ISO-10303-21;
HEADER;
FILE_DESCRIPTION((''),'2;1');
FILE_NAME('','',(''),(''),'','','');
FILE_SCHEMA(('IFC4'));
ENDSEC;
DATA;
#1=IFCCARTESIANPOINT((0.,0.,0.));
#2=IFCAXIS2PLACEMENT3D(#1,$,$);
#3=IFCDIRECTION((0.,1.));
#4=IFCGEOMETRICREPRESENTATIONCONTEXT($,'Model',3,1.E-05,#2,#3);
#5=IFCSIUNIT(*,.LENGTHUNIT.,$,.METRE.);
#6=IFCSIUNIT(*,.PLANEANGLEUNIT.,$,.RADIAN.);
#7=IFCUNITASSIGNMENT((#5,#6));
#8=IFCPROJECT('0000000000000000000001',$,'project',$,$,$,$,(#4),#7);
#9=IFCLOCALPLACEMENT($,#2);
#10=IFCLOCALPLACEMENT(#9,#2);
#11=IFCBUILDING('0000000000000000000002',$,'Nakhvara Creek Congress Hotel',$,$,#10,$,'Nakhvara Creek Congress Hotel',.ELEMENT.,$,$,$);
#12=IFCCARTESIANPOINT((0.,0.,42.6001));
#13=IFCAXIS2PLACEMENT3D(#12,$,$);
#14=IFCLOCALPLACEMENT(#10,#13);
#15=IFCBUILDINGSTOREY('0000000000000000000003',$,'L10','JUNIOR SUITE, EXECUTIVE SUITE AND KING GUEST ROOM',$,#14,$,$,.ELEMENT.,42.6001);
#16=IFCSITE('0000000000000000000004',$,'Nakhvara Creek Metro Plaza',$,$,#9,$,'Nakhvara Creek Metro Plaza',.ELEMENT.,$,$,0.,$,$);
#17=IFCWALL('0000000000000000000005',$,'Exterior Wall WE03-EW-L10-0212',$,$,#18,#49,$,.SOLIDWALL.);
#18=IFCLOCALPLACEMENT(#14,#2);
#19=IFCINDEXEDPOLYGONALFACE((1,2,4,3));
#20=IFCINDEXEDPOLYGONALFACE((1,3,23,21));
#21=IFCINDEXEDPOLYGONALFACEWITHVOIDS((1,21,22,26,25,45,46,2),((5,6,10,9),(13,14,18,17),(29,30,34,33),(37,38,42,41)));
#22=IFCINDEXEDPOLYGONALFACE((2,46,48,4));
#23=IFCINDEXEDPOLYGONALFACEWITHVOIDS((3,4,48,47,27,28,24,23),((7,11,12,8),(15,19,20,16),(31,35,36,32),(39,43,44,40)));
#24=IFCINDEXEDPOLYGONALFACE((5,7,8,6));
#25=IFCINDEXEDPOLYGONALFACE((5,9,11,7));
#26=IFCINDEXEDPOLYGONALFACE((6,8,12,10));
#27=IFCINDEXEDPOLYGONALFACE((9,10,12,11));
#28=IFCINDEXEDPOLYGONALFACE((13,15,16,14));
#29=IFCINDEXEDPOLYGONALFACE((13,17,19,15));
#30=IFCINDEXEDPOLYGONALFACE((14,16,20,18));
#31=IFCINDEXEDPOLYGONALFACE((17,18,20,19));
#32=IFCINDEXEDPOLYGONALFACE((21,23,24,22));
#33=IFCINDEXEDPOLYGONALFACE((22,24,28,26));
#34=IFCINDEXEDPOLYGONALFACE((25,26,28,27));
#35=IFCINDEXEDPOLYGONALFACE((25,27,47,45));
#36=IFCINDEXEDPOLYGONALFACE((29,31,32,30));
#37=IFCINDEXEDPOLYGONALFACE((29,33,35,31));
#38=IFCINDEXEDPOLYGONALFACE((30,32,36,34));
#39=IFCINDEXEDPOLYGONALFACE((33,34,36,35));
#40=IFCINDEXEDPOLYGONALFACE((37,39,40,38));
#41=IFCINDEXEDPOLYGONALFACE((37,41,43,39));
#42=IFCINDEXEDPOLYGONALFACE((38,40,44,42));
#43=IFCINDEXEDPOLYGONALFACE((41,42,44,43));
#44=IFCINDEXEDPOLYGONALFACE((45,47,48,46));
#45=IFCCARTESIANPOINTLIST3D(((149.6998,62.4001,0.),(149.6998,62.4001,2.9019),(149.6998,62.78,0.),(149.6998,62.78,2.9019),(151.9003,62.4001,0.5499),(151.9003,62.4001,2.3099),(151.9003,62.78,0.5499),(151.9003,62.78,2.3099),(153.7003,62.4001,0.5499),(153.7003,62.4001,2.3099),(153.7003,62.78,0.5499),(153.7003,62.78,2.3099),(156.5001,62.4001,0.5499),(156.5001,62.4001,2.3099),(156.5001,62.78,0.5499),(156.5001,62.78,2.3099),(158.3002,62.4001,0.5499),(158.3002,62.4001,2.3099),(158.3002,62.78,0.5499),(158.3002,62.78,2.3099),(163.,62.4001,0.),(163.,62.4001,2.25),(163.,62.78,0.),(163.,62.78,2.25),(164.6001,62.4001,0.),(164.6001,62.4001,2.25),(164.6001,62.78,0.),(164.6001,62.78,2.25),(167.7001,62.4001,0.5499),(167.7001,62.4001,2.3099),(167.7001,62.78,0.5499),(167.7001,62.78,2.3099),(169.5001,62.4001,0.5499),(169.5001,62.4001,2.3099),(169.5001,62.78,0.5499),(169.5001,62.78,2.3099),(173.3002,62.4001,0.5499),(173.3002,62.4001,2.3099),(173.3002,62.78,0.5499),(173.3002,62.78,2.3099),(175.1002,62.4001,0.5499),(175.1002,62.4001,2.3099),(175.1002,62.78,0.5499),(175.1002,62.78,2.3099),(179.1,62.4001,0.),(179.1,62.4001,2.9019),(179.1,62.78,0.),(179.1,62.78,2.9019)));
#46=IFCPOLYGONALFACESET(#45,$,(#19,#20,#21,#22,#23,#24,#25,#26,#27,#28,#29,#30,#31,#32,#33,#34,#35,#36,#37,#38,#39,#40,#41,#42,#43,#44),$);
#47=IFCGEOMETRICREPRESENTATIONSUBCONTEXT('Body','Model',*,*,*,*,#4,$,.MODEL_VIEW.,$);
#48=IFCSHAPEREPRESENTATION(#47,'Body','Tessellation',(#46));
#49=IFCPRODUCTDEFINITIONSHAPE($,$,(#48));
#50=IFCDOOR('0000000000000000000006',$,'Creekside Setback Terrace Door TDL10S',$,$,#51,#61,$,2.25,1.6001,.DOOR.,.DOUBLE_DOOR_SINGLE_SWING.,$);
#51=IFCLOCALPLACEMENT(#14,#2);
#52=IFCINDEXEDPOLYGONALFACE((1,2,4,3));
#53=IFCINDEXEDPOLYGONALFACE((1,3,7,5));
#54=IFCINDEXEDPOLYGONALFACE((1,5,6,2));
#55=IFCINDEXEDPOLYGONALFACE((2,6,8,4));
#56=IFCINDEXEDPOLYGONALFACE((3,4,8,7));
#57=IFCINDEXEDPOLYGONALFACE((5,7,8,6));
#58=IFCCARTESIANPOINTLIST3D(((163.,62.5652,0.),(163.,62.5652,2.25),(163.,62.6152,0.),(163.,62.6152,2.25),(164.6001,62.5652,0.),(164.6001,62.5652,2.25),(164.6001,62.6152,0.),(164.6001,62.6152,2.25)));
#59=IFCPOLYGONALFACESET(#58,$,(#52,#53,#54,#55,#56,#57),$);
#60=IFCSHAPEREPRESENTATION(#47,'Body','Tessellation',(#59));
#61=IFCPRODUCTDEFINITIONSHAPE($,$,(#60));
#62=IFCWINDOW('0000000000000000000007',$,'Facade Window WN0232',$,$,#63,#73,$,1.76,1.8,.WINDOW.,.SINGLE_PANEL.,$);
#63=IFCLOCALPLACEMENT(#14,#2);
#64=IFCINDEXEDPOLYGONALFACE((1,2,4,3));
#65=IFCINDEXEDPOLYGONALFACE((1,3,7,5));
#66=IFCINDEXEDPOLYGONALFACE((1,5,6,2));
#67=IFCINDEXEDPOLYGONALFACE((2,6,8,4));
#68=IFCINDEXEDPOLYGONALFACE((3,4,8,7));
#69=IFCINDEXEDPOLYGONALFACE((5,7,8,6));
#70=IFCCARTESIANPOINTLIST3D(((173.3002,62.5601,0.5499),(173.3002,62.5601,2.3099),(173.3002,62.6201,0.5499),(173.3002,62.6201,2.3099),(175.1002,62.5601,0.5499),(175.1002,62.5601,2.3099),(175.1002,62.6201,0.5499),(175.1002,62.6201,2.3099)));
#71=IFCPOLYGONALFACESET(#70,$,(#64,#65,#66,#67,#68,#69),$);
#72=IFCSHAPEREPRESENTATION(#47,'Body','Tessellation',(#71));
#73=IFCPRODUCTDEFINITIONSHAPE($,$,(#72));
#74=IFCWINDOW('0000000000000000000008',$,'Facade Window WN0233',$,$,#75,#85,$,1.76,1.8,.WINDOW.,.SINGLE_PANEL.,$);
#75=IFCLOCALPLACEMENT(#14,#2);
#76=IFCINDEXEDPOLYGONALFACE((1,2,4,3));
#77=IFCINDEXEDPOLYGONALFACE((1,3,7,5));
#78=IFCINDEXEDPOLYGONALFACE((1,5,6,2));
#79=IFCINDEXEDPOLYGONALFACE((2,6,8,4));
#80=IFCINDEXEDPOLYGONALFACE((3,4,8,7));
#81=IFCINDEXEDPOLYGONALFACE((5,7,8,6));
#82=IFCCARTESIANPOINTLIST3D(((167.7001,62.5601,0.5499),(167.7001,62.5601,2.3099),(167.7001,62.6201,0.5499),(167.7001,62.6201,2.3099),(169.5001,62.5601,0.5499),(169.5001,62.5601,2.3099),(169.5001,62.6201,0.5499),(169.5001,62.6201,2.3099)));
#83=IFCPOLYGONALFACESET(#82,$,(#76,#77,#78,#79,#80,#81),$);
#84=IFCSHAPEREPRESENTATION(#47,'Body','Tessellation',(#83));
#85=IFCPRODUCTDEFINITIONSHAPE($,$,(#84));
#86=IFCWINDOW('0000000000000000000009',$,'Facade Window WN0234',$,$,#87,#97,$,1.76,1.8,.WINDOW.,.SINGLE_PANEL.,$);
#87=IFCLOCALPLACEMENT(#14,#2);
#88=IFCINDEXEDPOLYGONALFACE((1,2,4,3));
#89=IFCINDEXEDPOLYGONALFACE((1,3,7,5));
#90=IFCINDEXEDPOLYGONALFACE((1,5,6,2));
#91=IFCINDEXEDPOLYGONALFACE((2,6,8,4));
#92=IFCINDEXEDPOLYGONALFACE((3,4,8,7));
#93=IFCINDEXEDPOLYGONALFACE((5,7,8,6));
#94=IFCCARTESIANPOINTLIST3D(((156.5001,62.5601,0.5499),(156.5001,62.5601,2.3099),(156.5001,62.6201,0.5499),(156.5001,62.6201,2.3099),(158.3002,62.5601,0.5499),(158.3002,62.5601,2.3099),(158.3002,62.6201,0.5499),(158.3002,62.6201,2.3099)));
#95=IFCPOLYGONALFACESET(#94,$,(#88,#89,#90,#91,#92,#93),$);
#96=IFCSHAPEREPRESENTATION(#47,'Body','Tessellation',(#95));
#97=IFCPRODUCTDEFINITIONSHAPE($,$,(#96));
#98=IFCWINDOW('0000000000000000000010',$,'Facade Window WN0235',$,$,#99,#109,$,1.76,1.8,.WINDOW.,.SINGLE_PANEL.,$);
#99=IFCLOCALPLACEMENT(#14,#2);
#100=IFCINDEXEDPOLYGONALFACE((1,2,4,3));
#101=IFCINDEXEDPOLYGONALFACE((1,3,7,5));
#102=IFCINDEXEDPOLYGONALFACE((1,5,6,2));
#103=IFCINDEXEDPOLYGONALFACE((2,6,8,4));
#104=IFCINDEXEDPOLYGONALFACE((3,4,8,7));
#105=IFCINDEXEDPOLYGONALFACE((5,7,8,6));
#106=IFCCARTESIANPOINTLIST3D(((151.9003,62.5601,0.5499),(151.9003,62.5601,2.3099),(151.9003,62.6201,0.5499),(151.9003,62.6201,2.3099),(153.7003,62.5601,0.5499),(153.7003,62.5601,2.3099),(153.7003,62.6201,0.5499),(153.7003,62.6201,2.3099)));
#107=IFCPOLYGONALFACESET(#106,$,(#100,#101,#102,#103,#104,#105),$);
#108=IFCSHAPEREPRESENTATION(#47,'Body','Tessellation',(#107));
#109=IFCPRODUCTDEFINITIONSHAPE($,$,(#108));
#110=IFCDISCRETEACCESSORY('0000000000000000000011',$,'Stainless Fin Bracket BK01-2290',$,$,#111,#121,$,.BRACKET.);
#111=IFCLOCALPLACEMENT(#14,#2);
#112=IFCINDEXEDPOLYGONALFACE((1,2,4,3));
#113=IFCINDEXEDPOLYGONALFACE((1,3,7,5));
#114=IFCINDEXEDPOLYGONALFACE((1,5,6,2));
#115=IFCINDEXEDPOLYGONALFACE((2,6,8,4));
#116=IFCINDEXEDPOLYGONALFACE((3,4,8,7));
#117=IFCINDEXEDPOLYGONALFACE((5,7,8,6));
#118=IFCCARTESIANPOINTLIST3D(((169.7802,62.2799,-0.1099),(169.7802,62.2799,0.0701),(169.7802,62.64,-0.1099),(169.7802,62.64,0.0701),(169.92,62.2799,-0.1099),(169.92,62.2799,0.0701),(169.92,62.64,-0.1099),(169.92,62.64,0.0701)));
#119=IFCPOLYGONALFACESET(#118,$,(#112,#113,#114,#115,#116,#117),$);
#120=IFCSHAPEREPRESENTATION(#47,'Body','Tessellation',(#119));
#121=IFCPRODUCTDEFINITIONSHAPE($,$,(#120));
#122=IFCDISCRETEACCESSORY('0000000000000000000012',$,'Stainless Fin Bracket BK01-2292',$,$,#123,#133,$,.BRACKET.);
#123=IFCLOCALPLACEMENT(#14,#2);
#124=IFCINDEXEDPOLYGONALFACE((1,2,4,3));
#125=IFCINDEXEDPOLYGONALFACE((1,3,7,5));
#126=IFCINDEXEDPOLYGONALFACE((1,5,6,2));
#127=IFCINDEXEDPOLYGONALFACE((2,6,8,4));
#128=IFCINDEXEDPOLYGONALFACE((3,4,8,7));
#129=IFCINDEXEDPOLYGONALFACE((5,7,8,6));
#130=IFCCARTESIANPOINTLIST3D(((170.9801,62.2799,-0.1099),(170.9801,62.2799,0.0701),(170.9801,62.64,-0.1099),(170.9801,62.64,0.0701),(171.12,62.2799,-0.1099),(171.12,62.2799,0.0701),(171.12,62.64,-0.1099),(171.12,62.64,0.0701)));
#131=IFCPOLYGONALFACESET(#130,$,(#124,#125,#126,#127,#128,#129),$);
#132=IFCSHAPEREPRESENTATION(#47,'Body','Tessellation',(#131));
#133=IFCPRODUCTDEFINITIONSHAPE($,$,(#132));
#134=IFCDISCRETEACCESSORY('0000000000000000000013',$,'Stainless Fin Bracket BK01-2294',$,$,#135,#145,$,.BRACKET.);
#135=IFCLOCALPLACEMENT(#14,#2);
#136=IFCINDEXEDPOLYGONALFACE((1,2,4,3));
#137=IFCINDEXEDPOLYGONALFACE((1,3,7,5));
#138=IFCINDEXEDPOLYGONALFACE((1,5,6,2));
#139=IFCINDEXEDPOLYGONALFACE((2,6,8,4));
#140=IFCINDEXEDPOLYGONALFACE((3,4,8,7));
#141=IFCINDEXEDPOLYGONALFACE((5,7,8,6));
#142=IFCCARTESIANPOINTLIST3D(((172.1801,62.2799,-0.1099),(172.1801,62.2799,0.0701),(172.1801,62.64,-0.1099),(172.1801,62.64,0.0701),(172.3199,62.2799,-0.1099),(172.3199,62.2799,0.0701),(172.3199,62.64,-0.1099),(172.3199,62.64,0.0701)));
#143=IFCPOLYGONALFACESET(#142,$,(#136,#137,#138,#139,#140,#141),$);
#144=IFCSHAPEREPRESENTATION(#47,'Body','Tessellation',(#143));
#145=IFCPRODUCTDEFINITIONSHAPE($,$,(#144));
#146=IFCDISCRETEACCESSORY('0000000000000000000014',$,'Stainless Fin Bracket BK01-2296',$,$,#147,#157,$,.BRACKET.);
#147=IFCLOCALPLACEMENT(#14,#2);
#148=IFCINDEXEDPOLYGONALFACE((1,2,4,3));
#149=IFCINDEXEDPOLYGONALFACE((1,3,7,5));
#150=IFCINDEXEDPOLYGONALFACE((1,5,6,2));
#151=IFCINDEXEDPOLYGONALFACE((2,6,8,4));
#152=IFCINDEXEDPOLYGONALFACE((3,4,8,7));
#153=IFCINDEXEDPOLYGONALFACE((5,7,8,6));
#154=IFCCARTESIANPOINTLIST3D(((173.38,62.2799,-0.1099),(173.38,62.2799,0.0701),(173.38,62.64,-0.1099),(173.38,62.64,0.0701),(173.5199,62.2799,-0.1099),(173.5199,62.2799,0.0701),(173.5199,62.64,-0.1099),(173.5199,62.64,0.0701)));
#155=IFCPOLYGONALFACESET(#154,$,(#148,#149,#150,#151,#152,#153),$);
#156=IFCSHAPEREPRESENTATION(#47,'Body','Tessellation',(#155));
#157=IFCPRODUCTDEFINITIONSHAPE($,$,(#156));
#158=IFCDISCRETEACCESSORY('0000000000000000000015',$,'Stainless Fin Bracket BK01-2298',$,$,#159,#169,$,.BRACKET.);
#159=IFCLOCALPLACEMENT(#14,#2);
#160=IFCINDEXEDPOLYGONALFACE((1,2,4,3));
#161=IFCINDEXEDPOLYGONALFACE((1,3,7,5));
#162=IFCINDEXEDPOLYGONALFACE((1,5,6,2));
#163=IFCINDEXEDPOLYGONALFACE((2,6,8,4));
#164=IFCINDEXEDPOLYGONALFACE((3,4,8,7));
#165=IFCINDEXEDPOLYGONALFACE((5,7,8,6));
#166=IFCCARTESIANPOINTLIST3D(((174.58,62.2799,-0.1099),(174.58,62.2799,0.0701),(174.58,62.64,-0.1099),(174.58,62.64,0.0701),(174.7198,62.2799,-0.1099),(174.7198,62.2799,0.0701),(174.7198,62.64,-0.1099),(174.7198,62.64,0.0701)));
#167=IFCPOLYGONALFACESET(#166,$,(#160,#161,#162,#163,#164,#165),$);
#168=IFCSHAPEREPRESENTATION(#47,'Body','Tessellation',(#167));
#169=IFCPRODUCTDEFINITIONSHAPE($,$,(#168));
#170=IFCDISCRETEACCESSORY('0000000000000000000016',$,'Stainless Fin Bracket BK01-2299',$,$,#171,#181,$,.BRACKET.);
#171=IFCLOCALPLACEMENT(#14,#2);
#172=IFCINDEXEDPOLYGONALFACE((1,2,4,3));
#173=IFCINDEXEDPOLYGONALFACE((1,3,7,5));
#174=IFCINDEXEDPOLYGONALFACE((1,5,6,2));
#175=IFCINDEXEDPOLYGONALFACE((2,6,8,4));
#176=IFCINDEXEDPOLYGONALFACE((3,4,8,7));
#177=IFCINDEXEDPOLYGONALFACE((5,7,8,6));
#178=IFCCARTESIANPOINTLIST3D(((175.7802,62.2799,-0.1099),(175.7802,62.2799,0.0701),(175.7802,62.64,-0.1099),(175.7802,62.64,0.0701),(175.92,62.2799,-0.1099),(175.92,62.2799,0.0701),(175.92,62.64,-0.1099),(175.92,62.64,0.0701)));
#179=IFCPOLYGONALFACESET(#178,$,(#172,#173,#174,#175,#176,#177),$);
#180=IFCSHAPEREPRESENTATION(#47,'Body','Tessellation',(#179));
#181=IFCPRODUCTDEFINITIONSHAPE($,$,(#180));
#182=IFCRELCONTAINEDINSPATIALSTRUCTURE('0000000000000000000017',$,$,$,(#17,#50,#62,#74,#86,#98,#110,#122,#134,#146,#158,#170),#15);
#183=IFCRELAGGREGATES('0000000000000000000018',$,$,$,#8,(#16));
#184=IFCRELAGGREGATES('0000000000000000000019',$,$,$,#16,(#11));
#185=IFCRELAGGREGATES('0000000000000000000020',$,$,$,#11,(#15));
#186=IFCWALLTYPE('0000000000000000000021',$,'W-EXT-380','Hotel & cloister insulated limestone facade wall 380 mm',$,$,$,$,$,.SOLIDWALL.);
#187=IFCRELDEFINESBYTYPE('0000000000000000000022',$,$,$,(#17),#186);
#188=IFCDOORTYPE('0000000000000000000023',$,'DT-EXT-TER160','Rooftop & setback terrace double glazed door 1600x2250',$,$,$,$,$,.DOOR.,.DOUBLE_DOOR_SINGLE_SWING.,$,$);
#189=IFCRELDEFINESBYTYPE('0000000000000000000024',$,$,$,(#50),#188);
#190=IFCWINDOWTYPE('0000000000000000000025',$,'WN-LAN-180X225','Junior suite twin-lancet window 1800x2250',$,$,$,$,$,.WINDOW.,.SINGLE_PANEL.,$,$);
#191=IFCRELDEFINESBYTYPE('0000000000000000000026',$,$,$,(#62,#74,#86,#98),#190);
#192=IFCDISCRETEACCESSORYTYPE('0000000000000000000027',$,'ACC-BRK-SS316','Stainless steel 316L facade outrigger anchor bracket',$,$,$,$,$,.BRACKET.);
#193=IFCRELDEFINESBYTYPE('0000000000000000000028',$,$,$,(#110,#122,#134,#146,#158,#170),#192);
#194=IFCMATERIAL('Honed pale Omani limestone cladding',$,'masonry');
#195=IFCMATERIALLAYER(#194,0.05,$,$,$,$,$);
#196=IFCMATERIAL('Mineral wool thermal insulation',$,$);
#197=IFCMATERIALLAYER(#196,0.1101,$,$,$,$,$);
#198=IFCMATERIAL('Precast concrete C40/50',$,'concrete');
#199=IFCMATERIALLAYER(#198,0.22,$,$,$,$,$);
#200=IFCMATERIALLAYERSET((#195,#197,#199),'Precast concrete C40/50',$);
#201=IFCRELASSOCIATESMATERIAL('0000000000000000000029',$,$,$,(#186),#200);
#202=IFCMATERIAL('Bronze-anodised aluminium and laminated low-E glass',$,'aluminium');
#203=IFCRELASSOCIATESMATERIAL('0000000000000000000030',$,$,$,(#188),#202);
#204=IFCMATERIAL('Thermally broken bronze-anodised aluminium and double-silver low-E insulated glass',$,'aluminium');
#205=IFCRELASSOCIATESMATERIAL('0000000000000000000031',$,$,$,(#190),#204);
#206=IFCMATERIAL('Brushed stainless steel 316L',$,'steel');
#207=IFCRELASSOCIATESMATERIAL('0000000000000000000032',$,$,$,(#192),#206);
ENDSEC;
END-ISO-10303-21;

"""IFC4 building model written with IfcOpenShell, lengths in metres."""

from ifc_helpers import new_model, si_unit, direction, frame, frame_2d, origin, origin_2d, place, context, subcontext, project, spatial, rectangle, extrude, material, layer, layer_set, type_object, element, fill, save


model = new_model("IFC4")

# Units and contexts
model_context = context("Model", 3, precision=1e-05, world=origin(), true_north=direction((0.0, 1.0)))
body_context = subcontext(model_context, "Body", "Model", "MODEL_VIEW")
ifc_project = project(units=[si_unit("LENGTHUNIT", "METRE"), si_unit("PLANEANGLEUNIT", "RADIAN")], contexts=[model_context])

# Site, building, storey
site_placement = place(None, origin())
site = spatial("IfcSite", under=ifc_project, at=site_placement, Name="Nakhvara Creek Metro Plaza", LongName="Nakhvara Creek Metro Plaza", CompositionType="ELEMENT", RefElevation=0.0)
building_placement = place(site_placement, origin())
building = spatial("IfcBuilding", under=site, at=building_placement, Name="Nakhvara Creek Congress Hotel", LongName="Nakhvara Creek Congress Hotel", CompositionType="ELEMENT")
storey_placement = place(building_placement, frame((0.0, 0.0, 42.6001)))
storey = spatial("IfcBuildingStorey", under=building, at=storey_placement, Name="L10", Description="JUNIOR SUITE, EXECUTIVE SUITE AND KING GUEST ROOM", CompositionType="ELEMENT", Elevation=42.6001)

# Wall, openings, door, windows
ifc_material_1 = material(Name="Honed pale Omani limestone cladding", Category="masonry")
ifc_layer_1 = layer(ifc_material_1, 0.05)
ifc_material_2 = material(Name="Mineral wool thermal insulation")
ifc_layer_2 = layer(ifc_material_2, 0.1101)
ifc_material_3 = material(Name="Precast concrete C40/50", Category="concrete")
ifc_layer_3 = layer(ifc_material_3, 0.22)
ifc_layer_set_1 = layer_set([ifc_layer_1, ifc_layer_2, ifc_layer_3], Name="Precast concrete C40/50")
wall_type = type_object("IfcWallType", Name="W-EXT-380", Description="Hotel & cloister insulated limestone facade wall 380 mm", PredefinedType="SOLIDWALL", material=ifc_layer_set_1)
wall_placement = place(storey_placement, frame((179.1001, 62.5901, 0.0), z_axis=(0.0, 0.0, 1.0), x_axis=(-1.0, 0.0, 0.0)))
wall = element("IfcWall", 1, at=wall_placement, inside=storey, type_object=wall_type, Name="Exterior Wall WE03-EW-L10-0212", PredefinedType="SOLIDWALL", context=body_context, shape_type="SweptSolid", body=[
    extrude(rectangle(XDim=29.4001, YDim=0.3799, at=frame_2d((14.7002, 0.0))), origin(), (0.0, 0.0, 1.0), 2.9019),
])
opening_1_placement = place(wall_placement, frame((14.5, 0.0, 0.0)))
opening_1 = element("IfcOpeningElement", 2, at=opening_1_placement, cuts=wall, PredefinedType="OPENING", context=body_context, shape_type="SweptSolid", body=[
    extrude(rectangle(XDim=1.6001, YDim=2.25, at=frame_2d((0.8, 1.125))), frame((0.0, 0.2019, 0.0), z_axis=(0.0, -1.0, 0.0), x_axis=(1.0, 0.0, 0.0)), (0.0, 0.0, 1.0), 0.4038),
])
opening_2_placement = place(wall_placement, frame((4.0, 0.0, 0.55)))
opening_2 = element("IfcOpeningElement", 3, at=opening_2_placement, cuts=wall, PredefinedType="OPENING", context=body_context, shape_type="SweptSolid", body=[
    extrude(rectangle(XDim=1.8, YDim=1.76, at=frame_2d((0.8999, 0.8799))), frame((0.0, 0.2019, 0.0), z_axis=(0.0, -1.0, 0.0), x_axis=(1.0, 0.0, 0.0)), (0.0, 0.0, 1.0), 0.4038),
])
opening_3_placement = place(wall_placement, frame((9.6001, 0.0, 0.55)))
opening_3 = element("IfcOpeningElement", 4, at=opening_3_placement, cuts=wall, PredefinedType="OPENING", context=body_context, shape_type="SweptSolid", body=[
    extrude(rectangle(XDim=1.8, YDim=1.76, at=frame_2d((0.8999, 0.8799))), frame((0.0, 0.2019, 0.0), z_axis=(0.0, -1.0, 0.0), x_axis=(1.0, 0.0, 0.0)), (0.0, 0.0, 1.0), 0.4038),
])
opening_4_placement = place(wall_placement, frame((20.8, 0.0, 0.55)))
opening_4 = element("IfcOpeningElement", 5, at=opening_4_placement, cuts=wall, PredefinedType="OPENING", context=body_context, shape_type="SweptSolid", body=[
    extrude(rectangle(XDim=1.8, YDim=1.76, at=frame_2d((0.8999, 0.8799))), frame((0.0, 0.2019, 0.0), z_axis=(0.0, -1.0, 0.0), x_axis=(1.0, 0.0, 0.0)), (0.0, 0.0, 1.0), 0.4038),
])
opening_5_placement = place(wall_placement, frame((25.3999, 0.0, 0.55)))
opening_5 = element("IfcOpeningElement", 6, at=opening_5_placement, cuts=wall, PredefinedType="OPENING", context=body_context, shape_type="SweptSolid", body=[
    extrude(rectangle(XDim=1.8, YDim=1.76, at=frame_2d((0.8999, 0.8799))), frame((0.0, 0.2019, 0.0), z_axis=(0.0, -1.0, 0.0), x_axis=(1.0, 0.0, 0.0)), (0.0, 0.0, 1.0), 0.4038),
])
ifc_material_4 = material(Name="Bronze-anodised aluminium and laminated low-E glass", Category="aluminium")
door_type = type_object("IfcDoorType", Name="DT-EXT-TER160", Description="Rooftop & setback terrace double glazed door 1600x2250", OperationType="DOUBLE_DOOR_SINGLE_SWING", PredefinedType="DOOR", material=ifc_material_4)
door_placement = place(opening_1_placement, origin())
door = element("IfcDoor", 7, at=door_placement, inside=storey, type_object=door_type, Name="Creekside Setback Terrace Door TDL10S", OperationType="DOUBLE_DOOR_SINGLE_SWING", OverallHeight=2.25, OverallWidth=1.6001, PredefinedType="DOOR", context=body_context, shape_type="SweptSolid", body=[
    extrude(rectangle(XDim=1.6001, YDim=2.25, at=frame_2d((0.8, 1.125))), frame((0.0, 0.0249, 0.0), z_axis=(0.0, -1.0, 0.0), x_axis=(1.0, 0.0, 0.0)), (0.0, 0.0, 1.0), 0.05),
])
fill(opening_1, door)
ifc_material_5 = material(Name="Thermally broken bronze-anodised aluminium and double-silver low-E insulated glass", Category="aluminium")
window_type = type_object("IfcWindowType", Name="WN-LAN-180X225", Description="Junior suite twin-lancet window 1800x2250", PartitioningType="SINGLE_PANEL", PredefinedType="WINDOW", material=ifc_material_5)
window_1_placement = place(opening_2_placement, origin())
window_1 = element("IfcWindow", 8, at=window_1_placement, inside=storey, type_object=window_type, Name="Facade Window WN0232", OverallHeight=1.76, OverallWidth=1.8, PartitioningType="SINGLE_PANEL", PredefinedType="WINDOW", context=body_context, shape_type="SweptSolid", body=[
    extrude(rectangle(XDim=1.8, YDim=1.76, at=frame_2d((0.8999, 0.8799))), frame((0.0, 0.03, 0.0), z_axis=(0.0, -1.0, 0.0), x_axis=(1.0, 0.0, 0.0)), (0.0, 0.0, 1.0), 0.0601),
])
fill(opening_2, window_1)
window_2_placement = place(opening_3_placement, origin())
window_2 = element("IfcWindow", 9, at=window_2_placement, inside=storey, type_object=window_type, Name="Facade Window WN0233", OverallHeight=1.76, OverallWidth=1.8, PartitioningType="SINGLE_PANEL", PredefinedType="WINDOW", context=body_context, shape_type="SweptSolid", body=[
    extrude(rectangle(XDim=1.8, YDim=1.76, at=frame_2d((0.8999, 0.8799))), frame((0.0, 0.03, 0.0), z_axis=(0.0, -1.0, 0.0), x_axis=(1.0, 0.0, 0.0)), (0.0, 0.0, 1.0), 0.0601),
])
fill(opening_3, window_2)
window_3_placement = place(opening_4_placement, origin())
window_3 = element("IfcWindow", 10, at=window_3_placement, inside=storey, type_object=window_type, Name="Facade Window WN0234", OverallHeight=1.76, OverallWidth=1.8, PartitioningType="SINGLE_PANEL", PredefinedType="WINDOW", context=body_context, shape_type="SweptSolid", body=[
    extrude(rectangle(XDim=1.8, YDim=1.76, at=frame_2d((0.8999, 0.8799))), frame((0.0, 0.03, 0.0), z_axis=(0.0, -1.0, 0.0), x_axis=(1.0, 0.0, 0.0)), (0.0, 0.0, 1.0), 0.0601),
])
fill(opening_4, window_3)
window_4_placement = place(opening_5_placement, origin())
window_4 = element("IfcWindow", 11, at=window_4_placement, inside=storey, type_object=window_type, Name="Facade Window WN0235", OverallHeight=1.76, OverallWidth=1.8, PartitioningType="SINGLE_PANEL", PredefinedType="WINDOW", context=body_context, shape_type="SweptSolid", body=[
    extrude(rectangle(XDim=1.8, YDim=1.76, at=frame_2d((0.8999, 0.8799))), frame((0.0, 0.03, 0.0), z_axis=(0.0, -1.0, 0.0), x_axis=(1.0, 0.0, 0.0)), (0.0, 0.0, 1.0), 0.0601),
])
fill(opening_5, window_4)

# Discrete accessories
ifc_material_6 = material(Name="Brushed stainless steel 316L", Category="steel")
discrete_accessory_type = type_object("IfcDiscreteAccessoryType", Name="ACC-BRK-SS316", Description="Stainless steel 316L facade outrigger anchor bracket", PredefinedType="BRACKET", material=ifc_material_6)
for number, where, z_axis, x_axis, name in (
    (12, (169.8501, 62.46, -0.1099), (0.0, 0.0, 1.0), (1.0, 0.0, 0.0), "Stainless Fin Bracket BK01-2290"),
    (13, (171.05, 62.46, -0.1099), (0.0, 0.0, 1.0), (1.0, 0.0, 0.0), "Stainless Fin Bracket BK01-2292"),
    (14, (172.25, 62.46, -0.1099), (0.0, 0.0, 1.0), (1.0, 0.0, 0.0), "Stainless Fin Bracket BK01-2294"),
    (15, (173.45, 62.46, -0.1099), (0.0, 0.0, 1.0), (1.0, 0.0, 0.0), "Stainless Fin Bracket BK01-2296"),
    (16, (174.6499, 62.46, -0.1099), (0.0, 0.0, 1.0), (1.0, 0.0, 0.0), "Stainless Fin Bracket BK01-2298"),
    (17, (175.8501, 62.46, -0.1099), (0.0, 0.0, 1.0), (1.0, 0.0, 0.0), "Stainless Fin Bracket BK01-2299"),
):
    element("IfcDiscreteAccessory", number, at=place(storey_placement, frame(where, z_axis=z_axis, x_axis=x_axis)), inside=storey, type_object=discrete_accessory_type, Name=name, PredefinedType="BRACKET", context=body_context, shape_type="SweptSolid", body=[
        extrude(rectangle(XDim=0.1399, YDim=0.3601, at=origin_2d()), origin(), (0.0, 0.0, 1.0), 0.1799),
    ])

save(model, "model.ifc")
